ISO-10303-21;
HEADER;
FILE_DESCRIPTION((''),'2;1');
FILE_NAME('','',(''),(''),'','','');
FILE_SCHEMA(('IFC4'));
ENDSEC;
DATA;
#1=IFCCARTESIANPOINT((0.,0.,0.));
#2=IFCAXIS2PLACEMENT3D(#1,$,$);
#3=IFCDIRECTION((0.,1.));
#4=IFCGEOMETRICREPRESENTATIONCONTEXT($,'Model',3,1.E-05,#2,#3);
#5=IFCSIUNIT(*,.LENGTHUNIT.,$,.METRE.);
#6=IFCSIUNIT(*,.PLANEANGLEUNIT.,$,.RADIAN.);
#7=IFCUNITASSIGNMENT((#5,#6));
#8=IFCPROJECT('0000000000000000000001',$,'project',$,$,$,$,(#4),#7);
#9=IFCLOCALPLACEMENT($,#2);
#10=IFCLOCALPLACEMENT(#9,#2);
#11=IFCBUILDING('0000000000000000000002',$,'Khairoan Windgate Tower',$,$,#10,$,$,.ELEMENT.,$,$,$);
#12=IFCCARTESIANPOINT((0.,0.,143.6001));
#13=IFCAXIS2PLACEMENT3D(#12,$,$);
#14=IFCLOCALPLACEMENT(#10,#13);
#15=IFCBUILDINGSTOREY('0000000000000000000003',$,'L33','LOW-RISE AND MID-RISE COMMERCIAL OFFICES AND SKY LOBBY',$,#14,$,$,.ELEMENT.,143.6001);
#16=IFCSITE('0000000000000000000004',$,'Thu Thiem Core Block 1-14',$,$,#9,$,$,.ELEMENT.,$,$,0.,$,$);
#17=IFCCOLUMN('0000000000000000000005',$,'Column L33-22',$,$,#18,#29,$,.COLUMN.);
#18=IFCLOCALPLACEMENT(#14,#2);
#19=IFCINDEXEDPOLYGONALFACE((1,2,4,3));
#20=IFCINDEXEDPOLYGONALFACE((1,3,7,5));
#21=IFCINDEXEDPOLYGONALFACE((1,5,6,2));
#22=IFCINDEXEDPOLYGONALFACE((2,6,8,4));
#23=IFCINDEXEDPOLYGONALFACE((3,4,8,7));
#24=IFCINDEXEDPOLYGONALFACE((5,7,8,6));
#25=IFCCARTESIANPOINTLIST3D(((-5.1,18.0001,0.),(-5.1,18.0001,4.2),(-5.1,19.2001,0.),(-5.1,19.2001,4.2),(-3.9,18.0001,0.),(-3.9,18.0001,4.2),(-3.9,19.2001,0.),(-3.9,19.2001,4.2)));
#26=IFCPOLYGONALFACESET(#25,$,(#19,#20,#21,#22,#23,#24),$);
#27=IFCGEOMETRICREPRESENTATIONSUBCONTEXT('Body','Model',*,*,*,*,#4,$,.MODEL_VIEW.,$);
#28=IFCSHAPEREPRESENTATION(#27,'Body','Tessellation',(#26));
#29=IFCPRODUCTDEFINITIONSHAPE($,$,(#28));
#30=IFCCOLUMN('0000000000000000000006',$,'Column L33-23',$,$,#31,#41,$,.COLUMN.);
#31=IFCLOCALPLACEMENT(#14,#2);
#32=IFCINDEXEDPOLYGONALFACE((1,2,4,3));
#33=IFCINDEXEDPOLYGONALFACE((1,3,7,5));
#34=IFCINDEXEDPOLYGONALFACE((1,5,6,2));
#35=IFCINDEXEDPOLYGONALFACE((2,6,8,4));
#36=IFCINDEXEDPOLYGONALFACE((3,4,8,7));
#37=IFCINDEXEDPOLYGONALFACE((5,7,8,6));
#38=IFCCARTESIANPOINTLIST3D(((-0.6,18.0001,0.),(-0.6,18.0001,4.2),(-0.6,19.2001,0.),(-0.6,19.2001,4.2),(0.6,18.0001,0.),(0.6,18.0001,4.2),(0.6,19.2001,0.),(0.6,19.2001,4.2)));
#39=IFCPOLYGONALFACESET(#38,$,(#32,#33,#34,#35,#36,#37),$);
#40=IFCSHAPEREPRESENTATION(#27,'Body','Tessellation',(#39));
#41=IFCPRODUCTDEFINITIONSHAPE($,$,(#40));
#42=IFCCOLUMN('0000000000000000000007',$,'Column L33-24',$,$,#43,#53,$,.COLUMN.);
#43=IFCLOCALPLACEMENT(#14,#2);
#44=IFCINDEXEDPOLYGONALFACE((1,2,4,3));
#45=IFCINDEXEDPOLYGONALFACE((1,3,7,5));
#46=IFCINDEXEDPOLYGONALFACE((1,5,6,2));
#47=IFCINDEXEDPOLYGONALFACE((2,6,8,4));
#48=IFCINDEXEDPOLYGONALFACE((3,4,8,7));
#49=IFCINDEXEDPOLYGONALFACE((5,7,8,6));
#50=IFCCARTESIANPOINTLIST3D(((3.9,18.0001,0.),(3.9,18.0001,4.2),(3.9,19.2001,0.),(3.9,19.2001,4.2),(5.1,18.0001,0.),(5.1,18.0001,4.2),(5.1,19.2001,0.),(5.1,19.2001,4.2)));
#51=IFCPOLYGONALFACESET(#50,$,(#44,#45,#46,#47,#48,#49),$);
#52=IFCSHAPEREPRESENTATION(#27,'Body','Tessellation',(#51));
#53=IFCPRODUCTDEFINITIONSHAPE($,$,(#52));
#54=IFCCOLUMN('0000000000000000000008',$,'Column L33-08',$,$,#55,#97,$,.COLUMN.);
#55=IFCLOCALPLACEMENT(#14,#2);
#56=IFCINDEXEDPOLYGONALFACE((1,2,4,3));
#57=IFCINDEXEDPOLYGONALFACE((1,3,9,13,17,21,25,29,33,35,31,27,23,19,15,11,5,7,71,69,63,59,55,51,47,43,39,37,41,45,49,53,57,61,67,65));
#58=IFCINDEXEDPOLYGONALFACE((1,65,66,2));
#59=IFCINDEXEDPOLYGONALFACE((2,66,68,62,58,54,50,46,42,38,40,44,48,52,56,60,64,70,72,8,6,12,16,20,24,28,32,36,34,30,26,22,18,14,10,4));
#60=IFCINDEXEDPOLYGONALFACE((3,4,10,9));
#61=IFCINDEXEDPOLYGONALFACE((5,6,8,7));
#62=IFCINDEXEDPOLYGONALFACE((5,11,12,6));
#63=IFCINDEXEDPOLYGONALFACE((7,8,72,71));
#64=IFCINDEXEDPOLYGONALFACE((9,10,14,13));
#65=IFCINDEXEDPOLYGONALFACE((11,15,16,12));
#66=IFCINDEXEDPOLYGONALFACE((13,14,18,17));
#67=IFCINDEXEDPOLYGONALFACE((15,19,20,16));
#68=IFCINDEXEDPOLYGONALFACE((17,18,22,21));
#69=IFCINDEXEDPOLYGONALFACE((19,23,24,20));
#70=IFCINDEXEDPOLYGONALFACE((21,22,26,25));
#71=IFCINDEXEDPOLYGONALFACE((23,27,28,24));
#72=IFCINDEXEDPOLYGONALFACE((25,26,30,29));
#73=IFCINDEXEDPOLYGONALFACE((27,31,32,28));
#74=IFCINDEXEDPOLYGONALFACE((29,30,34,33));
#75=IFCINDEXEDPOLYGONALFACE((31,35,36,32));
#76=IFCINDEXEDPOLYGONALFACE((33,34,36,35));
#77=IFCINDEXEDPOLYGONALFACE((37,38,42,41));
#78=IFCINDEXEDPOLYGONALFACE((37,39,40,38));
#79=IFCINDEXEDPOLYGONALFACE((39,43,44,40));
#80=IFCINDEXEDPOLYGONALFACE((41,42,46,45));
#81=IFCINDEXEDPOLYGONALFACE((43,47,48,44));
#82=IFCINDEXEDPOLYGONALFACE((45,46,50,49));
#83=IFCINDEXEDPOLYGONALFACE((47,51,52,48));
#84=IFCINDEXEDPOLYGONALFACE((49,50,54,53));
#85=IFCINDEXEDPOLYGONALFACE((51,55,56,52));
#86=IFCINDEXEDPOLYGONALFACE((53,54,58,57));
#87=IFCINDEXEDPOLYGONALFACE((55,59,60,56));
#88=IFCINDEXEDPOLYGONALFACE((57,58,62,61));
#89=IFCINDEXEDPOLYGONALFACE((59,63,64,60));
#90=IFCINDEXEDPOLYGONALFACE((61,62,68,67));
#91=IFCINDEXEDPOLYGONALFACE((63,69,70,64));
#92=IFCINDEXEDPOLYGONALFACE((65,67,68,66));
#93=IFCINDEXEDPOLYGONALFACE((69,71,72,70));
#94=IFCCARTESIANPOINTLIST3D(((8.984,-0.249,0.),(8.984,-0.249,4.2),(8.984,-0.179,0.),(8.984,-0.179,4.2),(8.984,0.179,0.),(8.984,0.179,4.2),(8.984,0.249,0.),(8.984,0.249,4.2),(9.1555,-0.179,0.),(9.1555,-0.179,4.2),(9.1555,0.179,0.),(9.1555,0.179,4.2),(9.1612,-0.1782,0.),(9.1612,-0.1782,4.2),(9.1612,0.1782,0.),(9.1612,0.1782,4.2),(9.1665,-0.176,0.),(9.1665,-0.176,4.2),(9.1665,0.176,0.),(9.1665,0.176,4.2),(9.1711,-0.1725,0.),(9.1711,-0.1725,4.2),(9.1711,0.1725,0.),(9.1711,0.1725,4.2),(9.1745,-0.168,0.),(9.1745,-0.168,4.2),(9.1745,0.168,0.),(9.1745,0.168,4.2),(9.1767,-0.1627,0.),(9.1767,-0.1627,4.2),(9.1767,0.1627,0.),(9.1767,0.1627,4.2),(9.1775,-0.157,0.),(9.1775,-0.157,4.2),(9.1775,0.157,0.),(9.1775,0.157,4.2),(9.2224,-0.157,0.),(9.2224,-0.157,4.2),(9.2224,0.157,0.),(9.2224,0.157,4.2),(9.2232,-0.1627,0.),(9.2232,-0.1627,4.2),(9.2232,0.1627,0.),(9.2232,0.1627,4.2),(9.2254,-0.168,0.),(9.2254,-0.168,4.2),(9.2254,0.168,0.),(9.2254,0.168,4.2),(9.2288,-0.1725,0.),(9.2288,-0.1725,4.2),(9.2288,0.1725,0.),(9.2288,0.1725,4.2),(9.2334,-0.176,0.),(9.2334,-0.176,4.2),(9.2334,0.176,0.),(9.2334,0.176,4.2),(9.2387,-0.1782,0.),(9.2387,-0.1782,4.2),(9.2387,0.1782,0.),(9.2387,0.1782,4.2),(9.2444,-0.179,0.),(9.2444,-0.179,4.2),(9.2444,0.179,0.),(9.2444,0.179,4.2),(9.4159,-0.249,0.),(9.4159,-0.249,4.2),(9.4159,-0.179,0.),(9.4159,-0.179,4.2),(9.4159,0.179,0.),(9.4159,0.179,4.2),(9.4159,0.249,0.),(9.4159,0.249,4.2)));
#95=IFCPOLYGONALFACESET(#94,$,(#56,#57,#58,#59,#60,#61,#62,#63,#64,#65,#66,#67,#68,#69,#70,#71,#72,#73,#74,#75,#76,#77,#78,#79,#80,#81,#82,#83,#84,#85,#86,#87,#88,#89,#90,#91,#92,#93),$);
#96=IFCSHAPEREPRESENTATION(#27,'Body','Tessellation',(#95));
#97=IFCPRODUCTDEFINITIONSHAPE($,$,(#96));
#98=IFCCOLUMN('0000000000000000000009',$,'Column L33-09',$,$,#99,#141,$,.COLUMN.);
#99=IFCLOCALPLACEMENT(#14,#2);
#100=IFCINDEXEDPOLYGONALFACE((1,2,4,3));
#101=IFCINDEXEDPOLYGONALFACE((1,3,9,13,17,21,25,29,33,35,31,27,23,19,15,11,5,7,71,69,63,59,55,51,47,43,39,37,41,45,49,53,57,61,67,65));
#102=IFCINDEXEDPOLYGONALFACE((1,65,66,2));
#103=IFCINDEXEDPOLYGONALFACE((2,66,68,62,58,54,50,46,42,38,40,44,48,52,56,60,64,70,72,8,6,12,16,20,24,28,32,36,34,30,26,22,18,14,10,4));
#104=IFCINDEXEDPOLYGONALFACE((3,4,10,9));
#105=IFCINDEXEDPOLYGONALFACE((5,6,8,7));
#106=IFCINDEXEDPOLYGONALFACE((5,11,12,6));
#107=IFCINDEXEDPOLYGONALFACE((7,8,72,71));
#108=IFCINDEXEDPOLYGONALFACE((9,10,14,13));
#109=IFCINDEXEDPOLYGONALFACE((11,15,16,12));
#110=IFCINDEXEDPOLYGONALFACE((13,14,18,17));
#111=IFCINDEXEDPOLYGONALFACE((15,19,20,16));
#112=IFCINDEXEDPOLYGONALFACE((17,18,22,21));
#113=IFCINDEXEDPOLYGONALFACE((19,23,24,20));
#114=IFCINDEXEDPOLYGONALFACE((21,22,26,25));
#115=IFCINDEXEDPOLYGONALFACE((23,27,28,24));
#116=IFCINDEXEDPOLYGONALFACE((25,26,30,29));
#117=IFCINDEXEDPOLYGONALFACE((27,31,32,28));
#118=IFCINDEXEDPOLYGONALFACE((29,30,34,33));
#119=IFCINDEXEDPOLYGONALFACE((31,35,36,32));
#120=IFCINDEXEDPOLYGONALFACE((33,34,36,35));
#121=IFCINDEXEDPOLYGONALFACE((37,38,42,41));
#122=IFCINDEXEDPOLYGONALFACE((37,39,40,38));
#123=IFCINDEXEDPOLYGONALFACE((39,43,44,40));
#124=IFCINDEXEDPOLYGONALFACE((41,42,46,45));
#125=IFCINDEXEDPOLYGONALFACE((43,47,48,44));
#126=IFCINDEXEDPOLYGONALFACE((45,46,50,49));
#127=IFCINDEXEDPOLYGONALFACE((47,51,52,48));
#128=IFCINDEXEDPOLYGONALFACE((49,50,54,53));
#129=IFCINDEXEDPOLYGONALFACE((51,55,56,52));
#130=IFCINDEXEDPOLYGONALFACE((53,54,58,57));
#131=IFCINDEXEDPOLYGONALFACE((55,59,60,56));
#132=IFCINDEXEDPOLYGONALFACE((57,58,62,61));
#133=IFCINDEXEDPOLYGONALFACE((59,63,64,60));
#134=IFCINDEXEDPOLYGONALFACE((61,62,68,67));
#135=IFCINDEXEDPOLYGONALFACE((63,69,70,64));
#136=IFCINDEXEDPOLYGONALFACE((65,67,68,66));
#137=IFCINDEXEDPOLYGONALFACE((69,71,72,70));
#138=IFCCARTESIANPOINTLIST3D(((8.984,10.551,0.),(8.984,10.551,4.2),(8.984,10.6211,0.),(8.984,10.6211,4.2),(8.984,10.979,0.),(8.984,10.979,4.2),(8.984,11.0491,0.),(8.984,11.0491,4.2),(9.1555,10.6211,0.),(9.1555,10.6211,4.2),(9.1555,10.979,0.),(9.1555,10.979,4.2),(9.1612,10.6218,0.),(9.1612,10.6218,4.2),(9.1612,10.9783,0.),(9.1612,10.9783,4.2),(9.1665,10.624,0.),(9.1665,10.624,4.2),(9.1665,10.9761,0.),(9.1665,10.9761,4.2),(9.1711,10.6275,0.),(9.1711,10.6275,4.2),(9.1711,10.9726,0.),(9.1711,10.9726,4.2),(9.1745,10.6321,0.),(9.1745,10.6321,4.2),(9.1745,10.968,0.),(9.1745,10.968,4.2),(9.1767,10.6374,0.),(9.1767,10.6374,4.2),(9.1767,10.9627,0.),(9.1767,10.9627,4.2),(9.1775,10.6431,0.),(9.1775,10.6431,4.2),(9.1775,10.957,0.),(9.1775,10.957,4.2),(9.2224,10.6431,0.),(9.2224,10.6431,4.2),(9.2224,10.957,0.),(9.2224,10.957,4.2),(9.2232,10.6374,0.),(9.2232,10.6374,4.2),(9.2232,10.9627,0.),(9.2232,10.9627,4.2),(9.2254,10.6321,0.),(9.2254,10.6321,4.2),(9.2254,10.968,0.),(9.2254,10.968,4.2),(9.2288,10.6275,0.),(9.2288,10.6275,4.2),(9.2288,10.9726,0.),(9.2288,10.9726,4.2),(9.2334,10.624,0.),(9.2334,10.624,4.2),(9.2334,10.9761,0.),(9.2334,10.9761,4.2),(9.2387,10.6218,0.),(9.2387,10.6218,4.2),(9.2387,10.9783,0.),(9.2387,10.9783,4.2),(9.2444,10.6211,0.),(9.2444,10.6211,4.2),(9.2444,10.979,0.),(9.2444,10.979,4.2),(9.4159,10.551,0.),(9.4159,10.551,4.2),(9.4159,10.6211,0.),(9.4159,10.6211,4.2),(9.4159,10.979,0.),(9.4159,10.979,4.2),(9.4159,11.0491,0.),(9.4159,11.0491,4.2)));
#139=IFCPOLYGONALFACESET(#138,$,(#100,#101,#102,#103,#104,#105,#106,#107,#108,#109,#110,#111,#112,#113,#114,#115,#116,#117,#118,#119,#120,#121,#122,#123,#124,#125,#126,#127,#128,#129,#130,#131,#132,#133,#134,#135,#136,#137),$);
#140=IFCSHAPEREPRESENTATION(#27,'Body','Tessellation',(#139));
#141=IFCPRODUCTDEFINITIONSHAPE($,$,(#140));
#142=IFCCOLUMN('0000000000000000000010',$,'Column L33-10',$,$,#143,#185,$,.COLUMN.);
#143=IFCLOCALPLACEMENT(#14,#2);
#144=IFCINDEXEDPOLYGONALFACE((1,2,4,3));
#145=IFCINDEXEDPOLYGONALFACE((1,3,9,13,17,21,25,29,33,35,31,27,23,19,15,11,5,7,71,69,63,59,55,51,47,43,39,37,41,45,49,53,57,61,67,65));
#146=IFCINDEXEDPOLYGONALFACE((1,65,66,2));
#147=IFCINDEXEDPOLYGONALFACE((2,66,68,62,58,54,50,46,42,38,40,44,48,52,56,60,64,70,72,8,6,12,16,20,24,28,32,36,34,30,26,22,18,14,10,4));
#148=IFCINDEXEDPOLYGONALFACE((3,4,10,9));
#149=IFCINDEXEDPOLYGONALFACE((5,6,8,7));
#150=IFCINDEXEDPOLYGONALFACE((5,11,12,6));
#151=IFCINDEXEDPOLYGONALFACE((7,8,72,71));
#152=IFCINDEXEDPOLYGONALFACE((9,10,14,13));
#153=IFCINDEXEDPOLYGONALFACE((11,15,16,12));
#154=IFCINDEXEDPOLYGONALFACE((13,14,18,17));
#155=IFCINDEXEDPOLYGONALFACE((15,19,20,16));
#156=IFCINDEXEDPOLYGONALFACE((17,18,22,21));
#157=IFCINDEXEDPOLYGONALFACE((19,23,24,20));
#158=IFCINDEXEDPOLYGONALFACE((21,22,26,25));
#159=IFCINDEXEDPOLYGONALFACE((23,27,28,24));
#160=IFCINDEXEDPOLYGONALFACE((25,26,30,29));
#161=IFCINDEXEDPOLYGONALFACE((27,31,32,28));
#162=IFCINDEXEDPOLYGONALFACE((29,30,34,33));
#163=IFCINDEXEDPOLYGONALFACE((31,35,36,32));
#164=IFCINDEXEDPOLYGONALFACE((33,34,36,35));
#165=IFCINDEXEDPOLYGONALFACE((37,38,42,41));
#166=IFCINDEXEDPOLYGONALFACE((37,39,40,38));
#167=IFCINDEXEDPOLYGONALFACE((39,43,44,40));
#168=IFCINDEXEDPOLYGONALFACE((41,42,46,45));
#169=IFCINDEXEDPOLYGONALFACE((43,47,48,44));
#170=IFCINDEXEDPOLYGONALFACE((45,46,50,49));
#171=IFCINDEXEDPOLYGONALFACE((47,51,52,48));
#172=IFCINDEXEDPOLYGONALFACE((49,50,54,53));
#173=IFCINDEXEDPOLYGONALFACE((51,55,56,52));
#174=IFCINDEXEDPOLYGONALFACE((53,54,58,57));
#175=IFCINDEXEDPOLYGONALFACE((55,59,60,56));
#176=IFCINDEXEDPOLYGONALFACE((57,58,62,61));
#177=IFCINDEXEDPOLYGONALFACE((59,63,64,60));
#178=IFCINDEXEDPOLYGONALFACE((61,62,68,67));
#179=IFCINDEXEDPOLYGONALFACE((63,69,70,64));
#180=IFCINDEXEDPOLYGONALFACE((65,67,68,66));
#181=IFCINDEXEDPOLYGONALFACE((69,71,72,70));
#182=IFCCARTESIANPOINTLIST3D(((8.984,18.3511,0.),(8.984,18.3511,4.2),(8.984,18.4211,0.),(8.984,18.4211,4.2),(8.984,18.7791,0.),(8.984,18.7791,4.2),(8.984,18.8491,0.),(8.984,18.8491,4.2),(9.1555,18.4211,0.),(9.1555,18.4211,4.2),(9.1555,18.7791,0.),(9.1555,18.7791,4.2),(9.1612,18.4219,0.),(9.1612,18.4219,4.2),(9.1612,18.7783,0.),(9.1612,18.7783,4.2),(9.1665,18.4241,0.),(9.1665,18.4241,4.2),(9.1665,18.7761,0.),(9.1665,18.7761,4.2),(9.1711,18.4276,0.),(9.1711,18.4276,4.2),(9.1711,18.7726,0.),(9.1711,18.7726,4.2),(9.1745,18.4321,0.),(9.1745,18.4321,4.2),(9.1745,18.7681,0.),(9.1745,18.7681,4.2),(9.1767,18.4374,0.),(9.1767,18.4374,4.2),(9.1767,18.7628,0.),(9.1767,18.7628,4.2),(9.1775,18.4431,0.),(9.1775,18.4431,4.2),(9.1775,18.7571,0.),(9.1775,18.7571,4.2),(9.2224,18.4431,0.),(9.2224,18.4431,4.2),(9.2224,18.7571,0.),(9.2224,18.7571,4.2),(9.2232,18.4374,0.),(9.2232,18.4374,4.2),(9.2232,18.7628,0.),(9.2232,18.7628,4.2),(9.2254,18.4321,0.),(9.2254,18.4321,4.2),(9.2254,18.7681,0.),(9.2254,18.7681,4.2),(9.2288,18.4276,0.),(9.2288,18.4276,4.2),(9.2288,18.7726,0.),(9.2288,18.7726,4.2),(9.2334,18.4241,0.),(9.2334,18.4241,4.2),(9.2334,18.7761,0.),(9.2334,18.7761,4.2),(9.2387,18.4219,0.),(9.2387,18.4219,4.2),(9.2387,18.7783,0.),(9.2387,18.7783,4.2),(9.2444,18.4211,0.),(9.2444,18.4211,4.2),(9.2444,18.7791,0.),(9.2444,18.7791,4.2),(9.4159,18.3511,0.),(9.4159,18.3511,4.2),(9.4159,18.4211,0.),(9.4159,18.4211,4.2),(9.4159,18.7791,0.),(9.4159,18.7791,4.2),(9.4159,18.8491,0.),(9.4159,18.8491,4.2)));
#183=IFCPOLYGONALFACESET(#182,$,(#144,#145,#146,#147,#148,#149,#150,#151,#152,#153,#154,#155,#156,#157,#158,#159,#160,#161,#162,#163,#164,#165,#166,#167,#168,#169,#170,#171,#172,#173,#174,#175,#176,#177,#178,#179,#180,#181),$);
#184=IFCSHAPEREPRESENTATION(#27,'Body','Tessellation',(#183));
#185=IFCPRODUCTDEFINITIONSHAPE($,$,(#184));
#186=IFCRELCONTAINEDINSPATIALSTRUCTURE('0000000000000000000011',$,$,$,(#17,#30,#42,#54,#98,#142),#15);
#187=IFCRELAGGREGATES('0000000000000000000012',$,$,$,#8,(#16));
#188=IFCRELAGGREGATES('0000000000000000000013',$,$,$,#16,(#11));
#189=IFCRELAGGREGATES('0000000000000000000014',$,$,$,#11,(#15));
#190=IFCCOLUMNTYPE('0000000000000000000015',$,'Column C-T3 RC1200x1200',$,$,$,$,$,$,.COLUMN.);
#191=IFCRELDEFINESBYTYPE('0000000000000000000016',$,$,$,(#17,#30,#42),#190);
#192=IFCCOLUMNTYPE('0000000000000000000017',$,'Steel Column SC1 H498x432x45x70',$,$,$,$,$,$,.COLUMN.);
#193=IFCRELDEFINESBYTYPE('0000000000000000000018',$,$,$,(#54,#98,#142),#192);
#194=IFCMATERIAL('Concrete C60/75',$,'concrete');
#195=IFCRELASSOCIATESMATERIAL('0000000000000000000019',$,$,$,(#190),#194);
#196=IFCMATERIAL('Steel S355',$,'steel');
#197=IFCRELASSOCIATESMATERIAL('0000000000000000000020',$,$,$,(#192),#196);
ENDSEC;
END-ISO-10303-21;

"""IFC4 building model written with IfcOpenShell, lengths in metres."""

from ifc_helpers import new_model, si_unit, direction, frame, origin, origin_2d, place, context, subcontext, project, spatial, rectangle, i_section, extrude, material, material_profile, profile_set, type_object, element, save


model = new_model("IFC4")

# Units and contexts
model_context = context("Model", 3, precision=1e-05, world=origin(), true_north=direction((0.0, 1.0)))
body_context = subcontext(model_context, "Body", "Model", "MODEL_VIEW")
ifc_project = project(units=[si_unit("LENGTHUNIT", "METRE"), si_unit("PLANEANGLEUNIT", "RADIAN")], contexts=[model_context])

# Site, building, storey
site_placement = place(None, origin())
site = spatial("IfcSite", under=ifc_project, at=site_placement, Name="Thu Thiem Core Block 1-14", CompositionType="ELEMENT", RefElevation=0.0)
building_placement = place(site_placement, origin())
building = spatial("IfcBuilding", under=site, at=building_placement, Name="Khairoan Windgate Tower", CompositionType="ELEMENT")
storey_placement = place(building_placement, frame((0.0, 0.0, 143.6001)))
storey = spatial("IfcBuildingStorey", under=building, at=storey_placement, Name="L33", Description="LOW-RISE AND MID-RISE COMMERCIAL OFFICES AND SKY LOBBY", CompositionType="ELEMENT", Elevation=143.6001)

# Columns
ifc_material_1 = material(Name="Concrete C60/75", Category="concrete")
ifc_material_profile_1 = material_profile(ifc_material_1, rectangle(XDim=1.2, YDim=1.2, at=origin_2d()))
ifc_profile_set_1 = profile_set([ifc_material_profile_1], Name="Concrete C60/75")
column_type_1 = type_object("IfcColumnType", Name="Column C-T3 RC1200x1200", PredefinedType="COLUMN", material=ifc_profile_set_1)
for number, where, z_axis, x_axis, name in (
    (1, (-4.5, 18.6001, 0.0), (0.0, 0.0, 1.0), (1.0, 0.0, 0.0), "Column L33-22"),
    (2, (0.0, 18.6001, 0.0), (0.0, 0.0, 1.0), (1.0, 0.0, 0.0), "Column L33-23"),
    (3, (4.5, 18.6001, 0.0), (0.0, 0.0, 1.0), (1.0, 0.0, 0.0), "Column L33-24"),
):
    element("IfcColumn", number, at=place(storey_placement, frame(where, z_axis=z_axis, x_axis=x_axis)), inside=storey, type_object=column_type_1, Name=name, PredefinedType="COLUMN", context=body_context, shape_type="SweptSolid", body=[
        extrude(rectangle(XDim=1.2, YDim=1.2, at=origin_2d()), origin(), (0.0, 0.0, 1.0), 4.2),
    ])
ifc_material_2 = material(Name="Steel S355", Category="steel")
ifc_material_profile_2 = material_profile(ifc_material_2, i_section(OverallWidth=0.4319, OverallDepth=0.498, WebThickness=0.0449, FlangeThickness=0.0701, FilletRadius=0.022, at=origin_2d()))
ifc_profile_set_2 = profile_set([ifc_material_profile_2], Name="Steel S355")
column_type_2 = type_object("IfcColumnType", Name="Steel Column SC1 H498x432x45x70", PredefinedType="COLUMN", material=ifc_profile_set_2)
for number, where, z_axis, x_axis, name in (
    (4, (9.2, 0.0, 0.0), (0.0, 0.0, 1.0), (1.0, 0.0, 0.0), "Column L33-08"),
    (5, (9.2, 10.8, 0.0), (0.0, 0.0, 1.0), (1.0, 0.0, 0.0), "Column L33-09"),
    (6, (9.2, 18.6001, 0.0), (0.0, 0.0, 1.0), (1.0, 0.0, 0.0), "Column L33-10"),
):
    element("IfcColumn", number, at=place(storey_placement, frame(where, z_axis=z_axis, x_axis=x_axis)), inside=storey, type_object=column_type_2, Name=name, PredefinedType="COLUMN", context=body_context, shape_type="SweptSolid", body=[
        extrude(i_section(OverallWidth=0.4319, OverallDepth=0.498, WebThickness=0.0449, FlangeThickness=0.0701, FilletRadius=0.022, at=origin_2d()), origin(), (0.0, 0.0, 1.0), 4.2),
    ])

save(model, "model.ifc")
